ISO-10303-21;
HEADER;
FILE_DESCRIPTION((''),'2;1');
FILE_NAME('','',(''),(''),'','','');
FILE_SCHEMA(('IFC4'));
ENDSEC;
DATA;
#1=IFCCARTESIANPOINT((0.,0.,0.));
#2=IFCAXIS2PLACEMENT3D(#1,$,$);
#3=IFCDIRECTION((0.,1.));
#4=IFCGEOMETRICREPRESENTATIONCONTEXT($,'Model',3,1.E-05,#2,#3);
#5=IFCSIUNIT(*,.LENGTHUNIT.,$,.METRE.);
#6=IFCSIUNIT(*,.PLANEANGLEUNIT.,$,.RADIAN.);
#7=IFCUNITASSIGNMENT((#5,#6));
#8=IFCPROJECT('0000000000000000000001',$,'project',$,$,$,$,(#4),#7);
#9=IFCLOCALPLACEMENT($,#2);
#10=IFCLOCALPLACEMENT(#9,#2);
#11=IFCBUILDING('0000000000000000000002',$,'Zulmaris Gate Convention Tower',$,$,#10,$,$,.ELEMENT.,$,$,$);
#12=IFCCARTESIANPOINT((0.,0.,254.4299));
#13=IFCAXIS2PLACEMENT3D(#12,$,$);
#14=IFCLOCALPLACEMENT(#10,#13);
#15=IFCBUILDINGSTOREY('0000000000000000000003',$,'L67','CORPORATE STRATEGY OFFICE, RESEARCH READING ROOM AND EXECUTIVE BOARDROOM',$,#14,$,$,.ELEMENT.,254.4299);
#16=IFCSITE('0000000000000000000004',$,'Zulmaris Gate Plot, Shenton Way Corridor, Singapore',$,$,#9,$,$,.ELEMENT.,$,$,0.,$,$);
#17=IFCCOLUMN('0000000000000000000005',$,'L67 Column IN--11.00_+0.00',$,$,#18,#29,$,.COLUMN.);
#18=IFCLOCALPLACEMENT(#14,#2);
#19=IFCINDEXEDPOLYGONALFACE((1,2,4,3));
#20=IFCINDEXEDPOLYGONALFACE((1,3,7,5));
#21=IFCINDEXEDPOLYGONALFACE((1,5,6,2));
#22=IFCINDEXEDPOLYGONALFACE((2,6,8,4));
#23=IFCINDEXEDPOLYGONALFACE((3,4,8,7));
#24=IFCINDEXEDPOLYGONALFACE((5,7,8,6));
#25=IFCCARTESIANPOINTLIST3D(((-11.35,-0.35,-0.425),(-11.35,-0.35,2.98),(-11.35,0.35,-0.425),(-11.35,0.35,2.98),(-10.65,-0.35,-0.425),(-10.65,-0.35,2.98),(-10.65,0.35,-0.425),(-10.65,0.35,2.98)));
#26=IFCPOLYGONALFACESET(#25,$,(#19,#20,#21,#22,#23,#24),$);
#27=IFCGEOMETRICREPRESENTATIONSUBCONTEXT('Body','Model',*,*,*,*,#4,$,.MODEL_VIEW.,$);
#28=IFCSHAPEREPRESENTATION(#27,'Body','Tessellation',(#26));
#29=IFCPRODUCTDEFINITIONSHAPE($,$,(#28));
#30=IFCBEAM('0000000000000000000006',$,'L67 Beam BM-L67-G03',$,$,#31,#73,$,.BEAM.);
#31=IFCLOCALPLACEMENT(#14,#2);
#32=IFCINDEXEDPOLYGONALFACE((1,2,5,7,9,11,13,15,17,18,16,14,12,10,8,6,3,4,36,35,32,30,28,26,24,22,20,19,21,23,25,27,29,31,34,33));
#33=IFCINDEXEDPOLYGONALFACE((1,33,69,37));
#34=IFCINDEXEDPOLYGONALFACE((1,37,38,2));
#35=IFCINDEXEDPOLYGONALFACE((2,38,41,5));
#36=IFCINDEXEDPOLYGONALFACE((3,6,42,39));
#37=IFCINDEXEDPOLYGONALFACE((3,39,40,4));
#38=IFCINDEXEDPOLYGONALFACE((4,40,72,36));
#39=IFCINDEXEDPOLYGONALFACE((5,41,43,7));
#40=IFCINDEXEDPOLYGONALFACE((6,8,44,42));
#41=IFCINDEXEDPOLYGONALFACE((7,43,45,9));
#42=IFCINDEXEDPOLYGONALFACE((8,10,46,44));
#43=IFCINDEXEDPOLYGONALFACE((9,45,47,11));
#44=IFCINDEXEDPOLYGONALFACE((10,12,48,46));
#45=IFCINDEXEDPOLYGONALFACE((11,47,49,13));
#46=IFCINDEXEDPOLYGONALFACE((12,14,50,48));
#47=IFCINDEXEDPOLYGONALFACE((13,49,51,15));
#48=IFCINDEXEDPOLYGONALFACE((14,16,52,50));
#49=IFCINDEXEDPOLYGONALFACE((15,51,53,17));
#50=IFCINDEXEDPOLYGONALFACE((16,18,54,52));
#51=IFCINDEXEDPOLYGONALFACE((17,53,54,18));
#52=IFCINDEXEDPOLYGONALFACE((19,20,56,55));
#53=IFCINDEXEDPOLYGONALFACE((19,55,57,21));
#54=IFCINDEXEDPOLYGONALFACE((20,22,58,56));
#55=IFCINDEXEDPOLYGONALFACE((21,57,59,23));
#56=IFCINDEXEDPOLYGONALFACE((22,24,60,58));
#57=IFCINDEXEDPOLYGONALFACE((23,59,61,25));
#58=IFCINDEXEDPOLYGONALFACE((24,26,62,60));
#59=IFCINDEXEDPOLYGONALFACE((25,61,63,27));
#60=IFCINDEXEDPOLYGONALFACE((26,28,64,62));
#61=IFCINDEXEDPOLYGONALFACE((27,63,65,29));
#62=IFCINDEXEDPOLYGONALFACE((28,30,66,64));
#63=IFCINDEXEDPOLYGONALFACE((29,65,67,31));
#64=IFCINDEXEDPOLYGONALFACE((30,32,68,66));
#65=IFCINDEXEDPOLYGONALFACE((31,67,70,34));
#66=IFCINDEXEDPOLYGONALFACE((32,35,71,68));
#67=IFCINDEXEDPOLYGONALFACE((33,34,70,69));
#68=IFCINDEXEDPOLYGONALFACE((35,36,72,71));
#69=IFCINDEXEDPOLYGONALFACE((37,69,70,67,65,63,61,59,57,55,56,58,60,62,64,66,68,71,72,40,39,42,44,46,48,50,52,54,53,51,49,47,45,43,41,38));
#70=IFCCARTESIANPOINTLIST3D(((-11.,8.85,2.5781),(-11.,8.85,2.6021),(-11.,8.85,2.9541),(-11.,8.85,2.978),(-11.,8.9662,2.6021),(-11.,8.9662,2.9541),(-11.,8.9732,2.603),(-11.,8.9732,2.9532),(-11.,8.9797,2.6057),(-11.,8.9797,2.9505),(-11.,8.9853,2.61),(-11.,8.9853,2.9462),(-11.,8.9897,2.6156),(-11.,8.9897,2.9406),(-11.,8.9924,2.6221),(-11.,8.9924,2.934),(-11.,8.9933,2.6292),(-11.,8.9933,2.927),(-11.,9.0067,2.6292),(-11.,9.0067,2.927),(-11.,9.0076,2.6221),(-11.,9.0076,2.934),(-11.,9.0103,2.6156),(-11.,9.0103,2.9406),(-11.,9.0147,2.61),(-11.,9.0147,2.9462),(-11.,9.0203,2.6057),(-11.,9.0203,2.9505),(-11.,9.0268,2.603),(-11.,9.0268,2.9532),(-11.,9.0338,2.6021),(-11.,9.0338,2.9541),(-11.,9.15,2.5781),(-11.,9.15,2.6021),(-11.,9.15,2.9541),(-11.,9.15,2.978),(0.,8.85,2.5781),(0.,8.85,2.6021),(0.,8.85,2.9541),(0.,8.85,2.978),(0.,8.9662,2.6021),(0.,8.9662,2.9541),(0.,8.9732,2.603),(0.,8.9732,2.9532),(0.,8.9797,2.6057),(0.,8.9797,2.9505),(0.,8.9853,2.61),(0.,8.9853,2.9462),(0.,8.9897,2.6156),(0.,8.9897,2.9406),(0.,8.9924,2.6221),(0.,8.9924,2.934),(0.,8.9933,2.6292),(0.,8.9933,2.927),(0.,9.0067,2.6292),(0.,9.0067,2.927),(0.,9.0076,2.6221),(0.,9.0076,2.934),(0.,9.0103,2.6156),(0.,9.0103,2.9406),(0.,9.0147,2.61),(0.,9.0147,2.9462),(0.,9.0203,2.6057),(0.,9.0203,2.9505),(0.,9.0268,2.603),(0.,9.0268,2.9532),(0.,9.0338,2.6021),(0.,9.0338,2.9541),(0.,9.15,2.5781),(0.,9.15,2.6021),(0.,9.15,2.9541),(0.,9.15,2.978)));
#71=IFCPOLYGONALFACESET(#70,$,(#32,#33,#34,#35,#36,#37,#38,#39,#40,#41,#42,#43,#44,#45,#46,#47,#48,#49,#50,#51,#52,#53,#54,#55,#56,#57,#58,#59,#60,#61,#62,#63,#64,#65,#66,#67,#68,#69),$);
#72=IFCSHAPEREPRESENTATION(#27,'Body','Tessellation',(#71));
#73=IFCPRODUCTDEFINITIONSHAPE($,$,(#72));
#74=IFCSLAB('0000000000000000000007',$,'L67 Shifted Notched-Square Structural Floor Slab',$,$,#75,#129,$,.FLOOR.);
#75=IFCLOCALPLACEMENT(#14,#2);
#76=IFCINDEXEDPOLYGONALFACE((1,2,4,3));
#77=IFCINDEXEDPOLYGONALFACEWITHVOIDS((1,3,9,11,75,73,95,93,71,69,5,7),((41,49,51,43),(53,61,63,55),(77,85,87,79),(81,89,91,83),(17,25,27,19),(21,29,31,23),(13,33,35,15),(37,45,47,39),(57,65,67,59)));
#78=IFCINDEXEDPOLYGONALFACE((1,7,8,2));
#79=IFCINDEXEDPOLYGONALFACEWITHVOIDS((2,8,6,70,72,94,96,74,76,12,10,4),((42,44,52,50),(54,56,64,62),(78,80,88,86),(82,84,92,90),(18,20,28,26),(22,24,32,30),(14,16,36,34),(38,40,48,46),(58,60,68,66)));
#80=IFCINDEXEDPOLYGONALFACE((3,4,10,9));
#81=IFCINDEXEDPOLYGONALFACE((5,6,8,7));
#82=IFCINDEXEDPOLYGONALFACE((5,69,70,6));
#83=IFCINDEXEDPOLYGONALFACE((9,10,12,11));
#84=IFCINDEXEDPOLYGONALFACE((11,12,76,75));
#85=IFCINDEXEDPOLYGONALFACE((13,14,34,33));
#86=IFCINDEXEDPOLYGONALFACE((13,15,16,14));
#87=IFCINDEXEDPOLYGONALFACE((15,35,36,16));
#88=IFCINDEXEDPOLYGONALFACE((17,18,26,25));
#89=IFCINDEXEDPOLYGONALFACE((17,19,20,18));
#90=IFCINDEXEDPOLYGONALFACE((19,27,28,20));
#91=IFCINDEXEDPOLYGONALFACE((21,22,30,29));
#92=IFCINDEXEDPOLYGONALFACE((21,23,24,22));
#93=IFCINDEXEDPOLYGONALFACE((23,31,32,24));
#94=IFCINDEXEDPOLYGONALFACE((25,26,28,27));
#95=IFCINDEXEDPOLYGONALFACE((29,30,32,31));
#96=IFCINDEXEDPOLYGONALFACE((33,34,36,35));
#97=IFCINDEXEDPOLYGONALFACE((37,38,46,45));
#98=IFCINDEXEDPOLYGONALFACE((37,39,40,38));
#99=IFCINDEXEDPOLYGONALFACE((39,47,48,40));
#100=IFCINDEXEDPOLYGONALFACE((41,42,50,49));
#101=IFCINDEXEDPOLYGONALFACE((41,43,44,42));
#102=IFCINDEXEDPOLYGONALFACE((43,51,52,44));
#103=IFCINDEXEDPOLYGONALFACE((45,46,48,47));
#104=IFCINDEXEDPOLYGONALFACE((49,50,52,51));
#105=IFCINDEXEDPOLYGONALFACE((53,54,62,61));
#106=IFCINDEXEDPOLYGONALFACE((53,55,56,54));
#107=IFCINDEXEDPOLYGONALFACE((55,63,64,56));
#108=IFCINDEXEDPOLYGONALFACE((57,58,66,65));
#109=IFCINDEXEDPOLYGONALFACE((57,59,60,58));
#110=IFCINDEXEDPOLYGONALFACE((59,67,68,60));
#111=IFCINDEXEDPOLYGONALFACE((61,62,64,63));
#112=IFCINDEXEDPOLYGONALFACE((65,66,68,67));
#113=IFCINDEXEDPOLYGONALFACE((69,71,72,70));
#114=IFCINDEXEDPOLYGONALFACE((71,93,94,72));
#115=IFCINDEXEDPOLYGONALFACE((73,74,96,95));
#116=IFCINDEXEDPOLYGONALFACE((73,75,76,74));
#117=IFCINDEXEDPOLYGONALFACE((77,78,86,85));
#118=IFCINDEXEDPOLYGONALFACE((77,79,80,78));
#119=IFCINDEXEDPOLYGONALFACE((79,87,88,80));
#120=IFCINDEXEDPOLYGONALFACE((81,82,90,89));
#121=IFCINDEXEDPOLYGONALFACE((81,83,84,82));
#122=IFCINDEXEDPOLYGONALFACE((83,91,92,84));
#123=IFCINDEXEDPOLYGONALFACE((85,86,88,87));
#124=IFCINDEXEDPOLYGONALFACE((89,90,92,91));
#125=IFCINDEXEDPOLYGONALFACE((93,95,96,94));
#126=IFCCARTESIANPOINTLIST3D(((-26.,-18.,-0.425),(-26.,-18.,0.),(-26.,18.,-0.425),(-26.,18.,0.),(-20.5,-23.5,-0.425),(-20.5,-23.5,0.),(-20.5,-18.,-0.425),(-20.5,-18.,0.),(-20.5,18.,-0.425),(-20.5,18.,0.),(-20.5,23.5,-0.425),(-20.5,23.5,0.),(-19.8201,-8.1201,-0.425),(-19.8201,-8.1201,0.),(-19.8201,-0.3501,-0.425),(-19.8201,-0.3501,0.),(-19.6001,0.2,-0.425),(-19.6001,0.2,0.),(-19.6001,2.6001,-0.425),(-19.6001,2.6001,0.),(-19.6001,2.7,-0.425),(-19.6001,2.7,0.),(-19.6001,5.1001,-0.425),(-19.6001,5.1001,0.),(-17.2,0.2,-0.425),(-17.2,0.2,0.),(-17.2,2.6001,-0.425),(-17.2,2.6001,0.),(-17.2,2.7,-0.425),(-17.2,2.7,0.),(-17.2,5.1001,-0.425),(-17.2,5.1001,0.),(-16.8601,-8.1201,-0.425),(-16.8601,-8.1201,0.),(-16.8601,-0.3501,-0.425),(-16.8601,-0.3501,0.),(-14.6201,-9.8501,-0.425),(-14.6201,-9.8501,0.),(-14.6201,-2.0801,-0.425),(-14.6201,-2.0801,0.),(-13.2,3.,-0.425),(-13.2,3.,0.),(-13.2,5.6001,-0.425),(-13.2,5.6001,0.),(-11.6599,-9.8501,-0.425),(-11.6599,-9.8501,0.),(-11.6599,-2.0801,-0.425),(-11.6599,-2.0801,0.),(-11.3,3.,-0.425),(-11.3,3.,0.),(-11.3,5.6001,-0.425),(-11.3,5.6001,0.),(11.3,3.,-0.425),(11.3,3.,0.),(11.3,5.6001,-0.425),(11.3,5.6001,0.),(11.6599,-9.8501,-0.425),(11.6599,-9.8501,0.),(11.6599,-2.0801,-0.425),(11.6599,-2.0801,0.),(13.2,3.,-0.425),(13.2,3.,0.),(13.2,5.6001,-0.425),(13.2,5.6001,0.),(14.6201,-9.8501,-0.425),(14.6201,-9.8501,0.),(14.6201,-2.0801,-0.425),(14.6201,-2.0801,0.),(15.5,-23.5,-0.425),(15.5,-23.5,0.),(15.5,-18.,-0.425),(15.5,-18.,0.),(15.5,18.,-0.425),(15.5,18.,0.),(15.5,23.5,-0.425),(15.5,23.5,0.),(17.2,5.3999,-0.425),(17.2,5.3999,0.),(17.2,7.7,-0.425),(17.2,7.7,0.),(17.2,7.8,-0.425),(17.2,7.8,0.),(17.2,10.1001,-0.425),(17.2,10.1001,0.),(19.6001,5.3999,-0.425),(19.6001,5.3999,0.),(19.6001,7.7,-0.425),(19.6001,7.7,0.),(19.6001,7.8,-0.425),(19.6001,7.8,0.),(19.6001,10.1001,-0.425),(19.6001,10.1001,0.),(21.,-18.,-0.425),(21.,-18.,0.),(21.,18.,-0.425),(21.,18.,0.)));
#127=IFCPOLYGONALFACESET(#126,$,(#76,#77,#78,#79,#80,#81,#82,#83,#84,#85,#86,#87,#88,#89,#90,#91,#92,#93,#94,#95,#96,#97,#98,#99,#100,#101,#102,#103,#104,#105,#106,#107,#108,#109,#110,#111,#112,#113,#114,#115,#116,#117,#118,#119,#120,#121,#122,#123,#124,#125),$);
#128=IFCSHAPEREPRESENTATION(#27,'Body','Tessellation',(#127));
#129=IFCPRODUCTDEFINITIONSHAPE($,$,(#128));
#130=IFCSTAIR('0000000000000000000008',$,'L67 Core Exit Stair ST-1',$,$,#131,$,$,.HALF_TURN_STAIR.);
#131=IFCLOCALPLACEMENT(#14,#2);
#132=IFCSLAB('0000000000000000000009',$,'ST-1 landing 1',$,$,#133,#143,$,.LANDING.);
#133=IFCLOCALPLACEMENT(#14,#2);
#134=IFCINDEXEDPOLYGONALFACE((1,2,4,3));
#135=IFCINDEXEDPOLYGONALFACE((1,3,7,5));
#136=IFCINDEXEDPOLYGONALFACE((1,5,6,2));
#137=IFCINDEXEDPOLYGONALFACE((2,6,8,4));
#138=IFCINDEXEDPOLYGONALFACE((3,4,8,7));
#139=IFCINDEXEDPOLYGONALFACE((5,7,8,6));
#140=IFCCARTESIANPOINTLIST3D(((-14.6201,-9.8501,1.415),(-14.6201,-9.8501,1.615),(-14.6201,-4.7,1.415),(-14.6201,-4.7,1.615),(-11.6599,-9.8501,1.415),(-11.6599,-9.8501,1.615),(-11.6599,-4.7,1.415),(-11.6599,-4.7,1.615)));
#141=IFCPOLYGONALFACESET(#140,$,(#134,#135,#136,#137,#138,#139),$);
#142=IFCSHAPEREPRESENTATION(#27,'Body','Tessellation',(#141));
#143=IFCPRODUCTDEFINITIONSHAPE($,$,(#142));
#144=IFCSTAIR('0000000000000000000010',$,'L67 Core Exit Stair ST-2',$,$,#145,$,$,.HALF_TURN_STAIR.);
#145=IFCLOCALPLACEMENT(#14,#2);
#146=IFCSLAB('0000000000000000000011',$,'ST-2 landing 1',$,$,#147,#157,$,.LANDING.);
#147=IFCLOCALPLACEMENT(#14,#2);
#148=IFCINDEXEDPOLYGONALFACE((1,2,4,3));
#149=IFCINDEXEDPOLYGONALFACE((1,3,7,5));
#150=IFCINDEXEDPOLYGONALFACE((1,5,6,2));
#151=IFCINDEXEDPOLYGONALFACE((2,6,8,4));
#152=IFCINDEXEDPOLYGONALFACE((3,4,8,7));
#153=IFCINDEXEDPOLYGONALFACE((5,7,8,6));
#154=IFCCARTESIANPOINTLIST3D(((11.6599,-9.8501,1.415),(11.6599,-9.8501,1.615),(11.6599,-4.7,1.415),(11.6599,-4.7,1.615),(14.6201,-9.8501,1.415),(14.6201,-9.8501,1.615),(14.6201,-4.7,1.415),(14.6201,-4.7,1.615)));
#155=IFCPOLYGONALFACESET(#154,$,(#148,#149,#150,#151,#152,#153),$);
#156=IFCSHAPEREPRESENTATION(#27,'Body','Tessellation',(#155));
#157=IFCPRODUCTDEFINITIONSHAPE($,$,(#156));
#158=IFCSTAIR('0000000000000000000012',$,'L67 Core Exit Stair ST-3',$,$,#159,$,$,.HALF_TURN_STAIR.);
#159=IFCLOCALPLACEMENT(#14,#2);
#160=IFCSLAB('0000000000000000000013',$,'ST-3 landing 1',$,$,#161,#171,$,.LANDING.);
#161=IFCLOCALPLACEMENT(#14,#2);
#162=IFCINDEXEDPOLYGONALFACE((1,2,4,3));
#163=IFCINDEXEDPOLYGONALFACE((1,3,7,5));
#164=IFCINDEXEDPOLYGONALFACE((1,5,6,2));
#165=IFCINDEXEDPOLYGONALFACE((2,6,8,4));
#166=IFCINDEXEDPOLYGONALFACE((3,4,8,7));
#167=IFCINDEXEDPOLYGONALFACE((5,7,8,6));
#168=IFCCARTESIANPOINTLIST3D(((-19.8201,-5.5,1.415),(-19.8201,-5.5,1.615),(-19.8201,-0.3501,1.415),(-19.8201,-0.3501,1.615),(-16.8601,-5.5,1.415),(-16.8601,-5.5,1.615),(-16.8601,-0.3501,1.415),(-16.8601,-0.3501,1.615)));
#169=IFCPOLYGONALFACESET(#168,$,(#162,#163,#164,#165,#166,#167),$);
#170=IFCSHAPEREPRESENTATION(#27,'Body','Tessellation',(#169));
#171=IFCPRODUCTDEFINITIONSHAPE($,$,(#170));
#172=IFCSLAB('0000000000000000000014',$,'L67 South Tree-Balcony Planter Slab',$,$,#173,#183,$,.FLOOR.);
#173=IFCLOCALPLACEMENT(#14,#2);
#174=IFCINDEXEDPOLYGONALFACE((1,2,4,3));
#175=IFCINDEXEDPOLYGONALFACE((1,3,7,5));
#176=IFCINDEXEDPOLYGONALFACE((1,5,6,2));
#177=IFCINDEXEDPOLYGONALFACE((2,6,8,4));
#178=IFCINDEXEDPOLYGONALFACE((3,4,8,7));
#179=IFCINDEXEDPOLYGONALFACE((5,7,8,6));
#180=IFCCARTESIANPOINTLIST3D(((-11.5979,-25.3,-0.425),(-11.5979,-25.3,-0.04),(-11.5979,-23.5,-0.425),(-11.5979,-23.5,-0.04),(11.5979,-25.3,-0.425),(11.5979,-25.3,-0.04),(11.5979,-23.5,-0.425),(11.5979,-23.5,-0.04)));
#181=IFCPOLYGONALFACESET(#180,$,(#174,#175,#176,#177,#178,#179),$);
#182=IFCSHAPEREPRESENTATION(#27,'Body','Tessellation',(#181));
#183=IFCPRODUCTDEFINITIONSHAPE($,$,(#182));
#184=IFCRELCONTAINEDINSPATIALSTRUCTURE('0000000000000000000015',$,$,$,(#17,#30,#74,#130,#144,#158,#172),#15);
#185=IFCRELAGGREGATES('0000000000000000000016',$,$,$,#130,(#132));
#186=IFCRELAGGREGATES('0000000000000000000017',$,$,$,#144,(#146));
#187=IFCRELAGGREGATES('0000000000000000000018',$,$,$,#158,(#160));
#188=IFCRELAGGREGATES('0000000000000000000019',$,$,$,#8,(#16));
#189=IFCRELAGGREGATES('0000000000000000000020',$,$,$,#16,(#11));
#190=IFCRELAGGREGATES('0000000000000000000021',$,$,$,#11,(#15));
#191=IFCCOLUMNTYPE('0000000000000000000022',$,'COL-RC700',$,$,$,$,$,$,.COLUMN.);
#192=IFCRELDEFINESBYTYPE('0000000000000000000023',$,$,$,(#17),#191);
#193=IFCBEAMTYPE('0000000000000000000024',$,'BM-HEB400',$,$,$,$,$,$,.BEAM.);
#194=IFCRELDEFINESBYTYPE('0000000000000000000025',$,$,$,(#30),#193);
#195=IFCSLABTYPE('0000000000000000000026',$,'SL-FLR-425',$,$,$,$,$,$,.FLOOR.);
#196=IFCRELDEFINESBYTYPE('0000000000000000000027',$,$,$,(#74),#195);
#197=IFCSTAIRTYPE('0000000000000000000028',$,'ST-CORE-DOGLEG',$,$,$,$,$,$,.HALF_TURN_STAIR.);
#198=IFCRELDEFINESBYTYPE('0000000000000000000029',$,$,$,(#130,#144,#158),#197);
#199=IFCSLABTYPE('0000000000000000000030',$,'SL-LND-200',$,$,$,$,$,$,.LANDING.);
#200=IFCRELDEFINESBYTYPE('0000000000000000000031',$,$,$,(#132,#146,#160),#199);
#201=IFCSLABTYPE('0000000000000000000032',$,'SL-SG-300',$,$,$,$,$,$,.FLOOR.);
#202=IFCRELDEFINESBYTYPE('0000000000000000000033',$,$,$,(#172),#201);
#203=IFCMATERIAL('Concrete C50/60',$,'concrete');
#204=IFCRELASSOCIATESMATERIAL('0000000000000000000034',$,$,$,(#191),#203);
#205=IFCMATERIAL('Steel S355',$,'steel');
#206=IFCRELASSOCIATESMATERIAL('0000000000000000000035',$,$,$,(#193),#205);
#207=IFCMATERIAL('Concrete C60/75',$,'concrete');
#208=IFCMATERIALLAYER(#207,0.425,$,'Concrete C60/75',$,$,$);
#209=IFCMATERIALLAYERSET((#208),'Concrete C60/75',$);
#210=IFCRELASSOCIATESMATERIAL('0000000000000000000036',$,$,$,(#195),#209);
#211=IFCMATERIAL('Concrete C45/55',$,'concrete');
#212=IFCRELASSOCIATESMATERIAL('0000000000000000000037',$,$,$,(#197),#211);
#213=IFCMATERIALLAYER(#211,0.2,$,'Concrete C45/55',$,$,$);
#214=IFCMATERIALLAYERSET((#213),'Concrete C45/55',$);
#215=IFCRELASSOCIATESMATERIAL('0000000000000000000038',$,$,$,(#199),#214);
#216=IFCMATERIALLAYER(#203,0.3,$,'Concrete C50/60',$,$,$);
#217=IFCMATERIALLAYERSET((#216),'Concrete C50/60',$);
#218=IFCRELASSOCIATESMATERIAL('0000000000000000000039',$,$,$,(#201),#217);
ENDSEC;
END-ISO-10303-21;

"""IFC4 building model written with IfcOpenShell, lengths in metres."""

from ifc_helpers import new_model, si_unit, direction, frame, origin, origin_2d, place, context, subcontext, project, spatial, polyline, rectangle, i_section, outline, extrude, material, layer, layer_set, material_profile, profile_set, type_object, element, aggregate, save


model = new_model("IFC4")

# Units and contexts
model_context = context("Model", 3, precision=1e-05, world=origin(), true_north=direction((0.0, 1.0)))
body_context = subcontext(model_context, "Body", "Model", "MODEL_VIEW")
ifc_project = project(units=[si_unit("LENGTHUNIT", "METRE"), si_unit("PLANEANGLEUNIT", "RADIAN")], contexts=[model_context])

# Site, building, storey
site_placement = place(None, origin())
site = spatial("IfcSite", under=ifc_project, at=site_placement, Name="Zulmaris Gate Plot, Shenton Way Corridor, Singapore", CompositionType="ELEMENT", RefElevation=0.0)
building_placement = place(site_placement, origin())
building = spatial("IfcBuilding", under=site, at=building_placement, Name="Zulmaris Gate Convention Tower", CompositionType="ELEMENT")
storey_placement = place(building_placement, frame((0.0, 0.0, 254.4299)))
storey = spatial("IfcBuildingStorey", under=building, at=storey_placement, Name="L67", Description="CORPORATE STRATEGY OFFICE, RESEARCH READING ROOM AND EXECUTIVE BOARDROOM", CompositionType="ELEMENT", Elevation=254.4299)

# Column
ifc_material_1 = material(Name="Concrete C50/60", Category="concrete")
ifc_material_profile_1 = material_profile(ifc_material_1, rectangle(XDim=0.7, YDim=0.7, at=origin_2d()), Name="RC COL 700x700")
ifc_profile_set_1 = profile_set([ifc_material_profile_1], Name="Concrete C50/60")
column_type = type_object("IfcColumnType", Name="COL-RC700", PredefinedType="COLUMN", material=ifc_profile_set_1)
column_placement = place(storey_placement, frame((-11.0, 0.0, -0.425), z_axis=(0.0, 0.0, 1.0), x_axis=(1.0, 0.0, 0.0)))
element("IfcColumn", 1, at=column_placement, inside=storey, type_object=column_type, Name="L67 Column IN--11.00_+0.00", PredefinedType="COLUMN", context=body_context, shape_type="SweptSolid", body=[
    extrude(rectangle(XDim=0.7, YDim=0.7, at=origin_2d()), origin(), (0.0, 0.0, 1.0), 3.405),
])

# Beam
ifc_material_2 = material(Name="Steel S355", Category="steel")
ifc_material_profile_2 = material_profile(ifc_material_2, i_section(OverallWidth=0.3, OverallDepth=0.3999, WebThickness=0.0134, FlangeThickness=0.0239, FilletRadius=0.0271, at=origin_2d()), Name="HEB 400")
ifc_profile_set_2 = profile_set([ifc_material_profile_2], Name="Steel S355")
beam_type = type_object("IfcBeamType", Name="BM-HEB400", PredefinedType="BEAM", material=ifc_profile_set_2)
beam_placement = place(storey_placement, frame((-11.0, 9.0, 2.7781), z_axis=(1.0, 0.0, 0.0), x_axis=(0.0, 1.0, 0.0)))
element("IfcBeam", 2, at=beam_placement, inside=storey, type_object=beam_type, Name="L67 Beam BM-L67-G03", PredefinedType="BEAM", context=body_context, shape_type="SweptSolid", body=[
    extrude(i_section(OverallWidth=0.3, OverallDepth=0.3999, WebThickness=0.0134, FlangeThickness=0.0239, FilletRadius=0.0271, at=origin_2d()), origin(), (0.0, 0.0, 1.0), 11.0),
])

# Slab
ifc_material_3 = material(Name="Concrete C60/75", Category="concrete")
ifc_layer_1 = layer(ifc_material_3, 0.425, Name="Concrete C60/75")
ifc_layer_set_1 = layer_set([ifc_layer_1], Name="Concrete C60/75")
slab_type_1 = type_object("IfcSlabType", Name="SL-FLR-425", PredefinedType="FLOOR", material=ifc_layer_set_1)
slab_1_placement = place(storey_placement, frame((0.0, 0.0, -0.425)))
element("IfcSlab", 3, at=slab_1_placement, inside=storey, type_object=slab_type_1, Name="L67 Shifted Notched-Square Structural Floor Slab", PredefinedType="FLOOR", context=body_context, shape_type="SweptSolid", body=[
    extrude(outline(polyline([(-20.5, -23.5), (15.5, -23.5), (15.5, -18.0), (21.0, -18.0), (21.0, 18.0), (15.5, 18.0), (15.5, 23.5), (-20.5, 23.5), (-20.5, 18.0), (-26.0, 18.0), (-26.0, -18.0), (-20.5, -18.0), (-20.5, -23.5)]), holes=[polyline([(-14.6201, -2.0801), (-14.6201, -9.8501), (-11.6599, -9.8501), (-11.6599, -2.0801), (-14.6201, -2.0801)]), polyline([(11.6599, -2.0801), (11.6599, -9.8501), (14.6201, -9.8501), (14.6201, -2.0801), (11.6599, -2.0801)]), polyline([(-16.8601, -8.1201), (-16.8601, -0.3501), (-19.8201, -0.3501), (-19.8201, -8.1201), (-16.8601, -8.1201)]), polyline([(-13.2, 3.0), (-11.3, 3.0), (-11.3, 5.6001), (-13.2, 5.6001), (-13.2, 3.0)]), polyline([(11.3, 3.0), (13.2, 3.0), (13.2, 5.6001), (11.3, 5.6001), (11.3, 3.0)]), polyline([(17.2, 5.3999), (19.6001, 5.3999), (19.6001, 7.7), (17.2, 7.7), (17.2, 5.3999)]), polyline([(17.2, 7.8), (19.6001, 7.8), (19.6001, 10.1001), (17.2, 10.1001), (17.2, 7.8)]), polyline([(-19.6001, 0.2), (-17.2, 0.2), (-17.2, 2.6001), (-19.6001, 2.6001), (-19.6001, 0.2)]), polyline([(-19.6001, 2.7), (-17.2, 2.7), (-17.2, 5.1001), (-19.6001, 5.1001), (-19.6001, 2.7)])]), origin(), (0.0, 0.0, 1.0), 0.425),
])

# Stairs, slabs
ifc_material_4 = material(Name="Concrete C45/55", Category="concrete")
stair_type = type_object("IfcStairType", Name="ST-CORE-DOGLEG", PredefinedType="HALF_TURN_STAIR", material=ifc_material_4)
stair_1_placement = place(storey_placement, origin())
stair_1 = element("IfcStair", 4, at=stair_1_placement, inside=storey, type_object=stair_type, Name="L67 Core Exit Stair ST-1", PredefinedType="HALF_TURN_STAIR")
ifc_layer_2 = layer(ifc_material_4, 0.2, Name="Concrete C45/55")
ifc_layer_set_2 = layer_set([ifc_layer_2], Name="Concrete C45/55")
slab_type_2 = type_object("IfcSlabType", Name="SL-LND-200", PredefinedType="LANDING", material=ifc_layer_set_2)
slab_2_placement = place(storey_placement, frame((0.0, 0.0, 1.415)))
slab_2 = element("IfcSlab", 5, at=slab_2_placement, type_object=slab_type_2, Name="ST-1 landing 1", PredefinedType="LANDING", context=body_context, shape_type="SweptSolid", body=[
    extrude(outline(polyline([(-14.6201, -4.7), (-14.6201, -9.8501), (-11.6599, -9.8501), (-11.6599, -4.7), (-14.6201, -4.7)])), origin(), (0.0, 0.0, 1.0), 0.2),
])
aggregate(stair_1, [slab_2])
stair_2_placement = place(storey_placement, origin())
stair_2 = element("IfcStair", 6, at=stair_2_placement, inside=storey, type_object=stair_type, Name="L67 Core Exit Stair ST-2", PredefinedType="HALF_TURN_STAIR")
slab_3_placement = place(storey_placement, frame((0.0, 0.0, 1.415)))
slab_3 = element("IfcSlab", 7, at=slab_3_placement, type_object=slab_type_2, Name="ST-2 landing 1", PredefinedType="LANDING", context=body_context, shape_type="SweptSolid", body=[
    extrude(outline(polyline([(11.6599, -4.7), (11.6599, -9.8501), (14.6201, -9.8501), (14.6201, -4.7), (11.6599, -4.7)])), origin(), (0.0, 0.0, 1.0), 0.2),
])
aggregate(stair_2, [slab_3])
stair_3_placement = place(storey_placement, origin())
stair_3 = element("IfcStair", 8, at=stair_3_placement, inside=storey, type_object=stair_type, Name="L67 Core Exit Stair ST-3", PredefinedType="HALF_TURN_STAIR")
slab_4_placement = place(storey_placement, frame((0.0, 0.0, 1.415)))
slab_4 = element("IfcSlab", 9, at=slab_4_placement, type_object=slab_type_2, Name="ST-3 landing 1", PredefinedType="LANDING", context=body_context, shape_type="SweptSolid", body=[
    extrude(outline(polyline([(-16.8601, -5.5), (-16.8601, -0.3501), (-19.8201, -0.3501), (-19.8201, -5.5), (-16.8601, -5.5)])), origin(), (0.0, 0.0, 1.0), 0.2),
])
aggregate(stair_3, [slab_4])

# Slab
ifc_layer_3 = layer(ifc_material_1, 0.3, Name="Concrete C50/60")
ifc_layer_set_3 = layer_set([ifc_layer_3], Name="Concrete C50/60")
slab_type_3 = type_object("IfcSlabType", Name="SL-SG-300", PredefinedType="FLOOR", material=ifc_layer_set_3)
slab_5_placement = place(storey_placement, frame((0.0, 0.0, -0.425)))
element("IfcSlab", 10, at=slab_5_placement, inside=storey, type_object=slab_type_3, Name="L67 South Tree-Balcony Planter Slab", PredefinedType="FLOOR", context=body_context, shape_type="SweptSolid", body=[
    extrude(outline(polyline([(-11.5979, -25.3), (-11.5979, -23.5), (11.5979, -23.5), (11.5979, -25.3), (-11.5979, -25.3)])), origin(), (0.0, 0.0, 1.0), 0.385),
])

save(model, "model.ifc")
